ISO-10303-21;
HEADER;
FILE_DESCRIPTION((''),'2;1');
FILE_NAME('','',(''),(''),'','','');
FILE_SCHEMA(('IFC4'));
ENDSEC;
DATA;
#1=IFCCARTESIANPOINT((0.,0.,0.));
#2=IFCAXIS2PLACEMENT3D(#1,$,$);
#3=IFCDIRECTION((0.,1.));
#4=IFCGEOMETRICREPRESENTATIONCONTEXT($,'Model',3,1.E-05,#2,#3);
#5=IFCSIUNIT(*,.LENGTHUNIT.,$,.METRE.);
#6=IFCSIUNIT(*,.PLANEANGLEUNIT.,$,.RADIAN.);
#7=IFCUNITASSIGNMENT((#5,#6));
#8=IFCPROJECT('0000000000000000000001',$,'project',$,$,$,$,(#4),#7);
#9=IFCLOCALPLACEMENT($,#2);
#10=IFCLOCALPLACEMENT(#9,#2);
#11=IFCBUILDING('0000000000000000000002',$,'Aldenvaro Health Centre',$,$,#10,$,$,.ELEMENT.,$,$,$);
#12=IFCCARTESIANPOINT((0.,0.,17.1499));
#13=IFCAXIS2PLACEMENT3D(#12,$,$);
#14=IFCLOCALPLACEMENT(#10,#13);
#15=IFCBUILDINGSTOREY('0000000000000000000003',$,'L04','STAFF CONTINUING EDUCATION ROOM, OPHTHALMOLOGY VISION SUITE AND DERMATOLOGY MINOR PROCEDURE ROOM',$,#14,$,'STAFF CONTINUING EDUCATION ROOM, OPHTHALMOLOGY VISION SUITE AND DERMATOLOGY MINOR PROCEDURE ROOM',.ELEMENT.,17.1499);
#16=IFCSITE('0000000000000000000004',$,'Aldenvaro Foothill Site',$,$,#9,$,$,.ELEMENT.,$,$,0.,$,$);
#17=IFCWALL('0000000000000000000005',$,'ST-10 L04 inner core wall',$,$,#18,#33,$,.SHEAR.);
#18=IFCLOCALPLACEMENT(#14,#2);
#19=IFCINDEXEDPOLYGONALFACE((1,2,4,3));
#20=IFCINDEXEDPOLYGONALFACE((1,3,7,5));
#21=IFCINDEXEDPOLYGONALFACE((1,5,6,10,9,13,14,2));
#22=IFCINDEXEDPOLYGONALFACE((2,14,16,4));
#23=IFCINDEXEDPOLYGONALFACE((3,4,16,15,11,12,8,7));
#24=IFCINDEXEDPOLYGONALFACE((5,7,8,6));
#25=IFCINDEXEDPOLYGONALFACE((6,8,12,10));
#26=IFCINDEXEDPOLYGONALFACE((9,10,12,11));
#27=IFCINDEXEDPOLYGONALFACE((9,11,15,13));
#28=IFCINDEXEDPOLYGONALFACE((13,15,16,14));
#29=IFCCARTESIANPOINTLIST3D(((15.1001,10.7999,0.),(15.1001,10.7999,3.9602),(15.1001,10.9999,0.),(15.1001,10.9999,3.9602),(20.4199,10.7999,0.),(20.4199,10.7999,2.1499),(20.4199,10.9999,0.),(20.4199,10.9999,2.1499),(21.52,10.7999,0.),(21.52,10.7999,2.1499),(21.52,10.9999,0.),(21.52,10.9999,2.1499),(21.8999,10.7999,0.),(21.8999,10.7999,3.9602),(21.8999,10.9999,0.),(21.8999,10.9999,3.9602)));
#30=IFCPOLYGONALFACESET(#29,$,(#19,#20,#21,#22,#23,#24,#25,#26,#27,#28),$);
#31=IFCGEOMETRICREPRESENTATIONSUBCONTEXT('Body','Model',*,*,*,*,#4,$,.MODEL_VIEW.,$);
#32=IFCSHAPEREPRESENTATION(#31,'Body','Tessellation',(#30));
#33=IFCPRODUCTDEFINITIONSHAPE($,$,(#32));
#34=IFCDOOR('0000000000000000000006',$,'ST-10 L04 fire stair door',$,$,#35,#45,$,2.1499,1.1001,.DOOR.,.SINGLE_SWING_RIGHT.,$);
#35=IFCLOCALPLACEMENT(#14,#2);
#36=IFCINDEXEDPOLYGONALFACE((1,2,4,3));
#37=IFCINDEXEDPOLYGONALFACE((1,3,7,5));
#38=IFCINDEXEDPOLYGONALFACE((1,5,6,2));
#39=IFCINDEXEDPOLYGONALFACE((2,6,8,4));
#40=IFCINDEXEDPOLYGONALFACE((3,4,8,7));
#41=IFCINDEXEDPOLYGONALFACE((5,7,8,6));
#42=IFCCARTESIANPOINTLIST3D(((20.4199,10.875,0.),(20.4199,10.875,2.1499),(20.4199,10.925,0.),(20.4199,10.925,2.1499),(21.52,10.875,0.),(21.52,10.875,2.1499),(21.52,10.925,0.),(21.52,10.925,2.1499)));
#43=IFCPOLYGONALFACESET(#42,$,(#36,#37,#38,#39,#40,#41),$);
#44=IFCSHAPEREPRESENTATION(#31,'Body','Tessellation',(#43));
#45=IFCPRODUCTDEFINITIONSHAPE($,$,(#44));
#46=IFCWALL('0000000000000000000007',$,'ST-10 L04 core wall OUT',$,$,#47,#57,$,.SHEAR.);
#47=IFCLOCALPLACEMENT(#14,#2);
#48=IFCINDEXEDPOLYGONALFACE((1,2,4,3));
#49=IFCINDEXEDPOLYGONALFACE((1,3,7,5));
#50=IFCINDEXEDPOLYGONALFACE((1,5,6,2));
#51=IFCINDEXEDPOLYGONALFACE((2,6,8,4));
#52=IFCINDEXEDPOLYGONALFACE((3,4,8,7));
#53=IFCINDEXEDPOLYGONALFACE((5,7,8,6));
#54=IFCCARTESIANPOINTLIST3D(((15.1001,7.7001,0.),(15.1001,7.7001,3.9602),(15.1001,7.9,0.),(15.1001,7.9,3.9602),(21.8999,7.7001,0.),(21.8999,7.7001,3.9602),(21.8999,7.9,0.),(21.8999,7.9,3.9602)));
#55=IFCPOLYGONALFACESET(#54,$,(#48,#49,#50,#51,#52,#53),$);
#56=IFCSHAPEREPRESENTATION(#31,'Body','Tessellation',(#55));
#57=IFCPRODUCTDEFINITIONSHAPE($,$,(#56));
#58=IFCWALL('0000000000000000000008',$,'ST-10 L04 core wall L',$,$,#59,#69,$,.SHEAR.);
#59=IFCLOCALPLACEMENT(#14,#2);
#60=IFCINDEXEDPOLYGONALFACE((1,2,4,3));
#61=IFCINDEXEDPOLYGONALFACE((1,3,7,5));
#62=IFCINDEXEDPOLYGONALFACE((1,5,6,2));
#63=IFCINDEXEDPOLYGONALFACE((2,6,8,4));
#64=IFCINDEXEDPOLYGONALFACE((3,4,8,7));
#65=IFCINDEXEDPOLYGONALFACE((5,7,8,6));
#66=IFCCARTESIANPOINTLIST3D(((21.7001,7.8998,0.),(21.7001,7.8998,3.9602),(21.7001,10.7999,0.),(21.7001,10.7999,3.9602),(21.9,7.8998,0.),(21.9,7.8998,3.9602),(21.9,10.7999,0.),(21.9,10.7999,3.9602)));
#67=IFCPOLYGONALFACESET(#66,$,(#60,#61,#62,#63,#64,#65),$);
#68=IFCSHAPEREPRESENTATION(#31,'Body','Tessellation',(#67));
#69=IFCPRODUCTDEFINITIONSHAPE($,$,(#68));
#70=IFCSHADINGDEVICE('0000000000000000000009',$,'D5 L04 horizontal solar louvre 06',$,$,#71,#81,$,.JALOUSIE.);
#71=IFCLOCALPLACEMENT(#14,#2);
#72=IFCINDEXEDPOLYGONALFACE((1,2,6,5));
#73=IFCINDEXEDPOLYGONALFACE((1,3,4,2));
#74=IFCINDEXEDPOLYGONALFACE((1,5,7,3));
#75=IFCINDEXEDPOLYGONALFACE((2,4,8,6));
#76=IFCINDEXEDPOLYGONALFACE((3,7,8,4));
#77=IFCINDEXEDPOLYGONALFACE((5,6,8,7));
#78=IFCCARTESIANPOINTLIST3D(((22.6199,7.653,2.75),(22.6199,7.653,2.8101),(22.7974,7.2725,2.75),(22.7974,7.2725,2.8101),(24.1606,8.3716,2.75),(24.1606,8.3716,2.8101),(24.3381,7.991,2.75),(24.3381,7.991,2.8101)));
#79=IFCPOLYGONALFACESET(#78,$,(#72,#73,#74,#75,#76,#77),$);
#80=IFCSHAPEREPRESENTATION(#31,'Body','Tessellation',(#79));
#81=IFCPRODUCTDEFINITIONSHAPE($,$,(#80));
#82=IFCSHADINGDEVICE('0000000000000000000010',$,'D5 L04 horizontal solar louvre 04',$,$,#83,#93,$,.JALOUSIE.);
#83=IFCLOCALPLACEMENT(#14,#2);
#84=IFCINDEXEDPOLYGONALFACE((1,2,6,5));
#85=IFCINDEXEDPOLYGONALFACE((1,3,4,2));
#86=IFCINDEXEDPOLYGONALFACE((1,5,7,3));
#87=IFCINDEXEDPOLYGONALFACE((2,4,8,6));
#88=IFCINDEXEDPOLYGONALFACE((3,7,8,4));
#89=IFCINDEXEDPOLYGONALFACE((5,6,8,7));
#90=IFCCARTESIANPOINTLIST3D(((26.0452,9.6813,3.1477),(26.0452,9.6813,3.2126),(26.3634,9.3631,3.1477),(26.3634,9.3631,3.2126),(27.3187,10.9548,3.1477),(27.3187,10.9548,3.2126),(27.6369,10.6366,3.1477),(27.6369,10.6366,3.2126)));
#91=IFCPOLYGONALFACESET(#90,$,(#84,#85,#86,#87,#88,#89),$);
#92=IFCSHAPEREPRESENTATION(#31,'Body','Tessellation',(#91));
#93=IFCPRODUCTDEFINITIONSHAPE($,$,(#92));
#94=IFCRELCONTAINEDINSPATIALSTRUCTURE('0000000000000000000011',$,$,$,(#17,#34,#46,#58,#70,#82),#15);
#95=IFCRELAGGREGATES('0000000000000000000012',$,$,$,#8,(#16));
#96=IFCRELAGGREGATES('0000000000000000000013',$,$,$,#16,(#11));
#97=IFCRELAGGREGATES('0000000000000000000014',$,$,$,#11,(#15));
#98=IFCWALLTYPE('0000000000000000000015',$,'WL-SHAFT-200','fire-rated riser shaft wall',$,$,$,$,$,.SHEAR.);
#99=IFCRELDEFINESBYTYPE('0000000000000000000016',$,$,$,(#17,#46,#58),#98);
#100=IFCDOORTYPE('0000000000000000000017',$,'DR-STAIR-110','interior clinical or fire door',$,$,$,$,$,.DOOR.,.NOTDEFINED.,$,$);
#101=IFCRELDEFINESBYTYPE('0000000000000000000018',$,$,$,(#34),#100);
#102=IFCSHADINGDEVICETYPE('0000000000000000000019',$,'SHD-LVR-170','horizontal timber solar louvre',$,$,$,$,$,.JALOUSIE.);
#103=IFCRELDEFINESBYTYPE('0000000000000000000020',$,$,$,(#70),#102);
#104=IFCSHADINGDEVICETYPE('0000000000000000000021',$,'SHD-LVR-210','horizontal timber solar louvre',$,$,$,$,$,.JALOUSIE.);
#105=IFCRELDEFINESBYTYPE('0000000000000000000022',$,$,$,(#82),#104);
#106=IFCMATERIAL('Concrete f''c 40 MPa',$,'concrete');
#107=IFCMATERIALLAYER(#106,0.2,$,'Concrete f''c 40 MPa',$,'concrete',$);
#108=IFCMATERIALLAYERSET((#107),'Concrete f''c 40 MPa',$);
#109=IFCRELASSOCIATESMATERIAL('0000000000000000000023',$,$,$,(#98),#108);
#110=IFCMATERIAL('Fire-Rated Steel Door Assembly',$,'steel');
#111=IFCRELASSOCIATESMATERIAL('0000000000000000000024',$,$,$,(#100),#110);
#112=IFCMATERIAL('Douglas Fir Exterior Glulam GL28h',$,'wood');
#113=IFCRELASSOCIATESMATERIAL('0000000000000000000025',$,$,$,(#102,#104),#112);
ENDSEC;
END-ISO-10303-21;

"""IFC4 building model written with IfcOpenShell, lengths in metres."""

from ifc_helpers import new_model, si_unit, direction, frame, frame_2d, origin, origin_2d, place, context, subcontext, project, spatial, rectangle, extrude, material, layer, layer_set, type_object, element, fill, save


model = new_model("IFC4")

# Units and contexts
model_context = context("Model", 3, precision=1e-05, world=origin(), true_north=direction((0.0, 1.0)))
body_context = subcontext(model_context, "Body", "Model", "MODEL_VIEW")
ifc_project = project(units=[si_unit("LENGTHUNIT", "METRE"), si_unit("PLANEANGLEUNIT", "RADIAN")], contexts=[model_context])

# Site, building, storey
site_placement = place(None, origin())
site = spatial("IfcSite", under=ifc_project, at=site_placement, Name="Aldenvaro Foothill Site", CompositionType="ELEMENT", RefElevation=0.0)
building_placement = place(site_placement, origin())
building = spatial("IfcBuilding", under=site, at=building_placement, Name="Aldenvaro Health Centre", CompositionType="ELEMENT")
storey_placement = place(building_placement, frame((0.0, 0.0, 17.1499)))
storey = spatial("IfcBuildingStorey", under=building, at=storey_placement, Name="L04", Description="STAFF CONTINUING EDUCATION ROOM, OPHTHALMOLOGY VISION SUITE AND DERMATOLOGY MINOR PROCEDURE ROOM", LongName="STAFF CONTINUING EDUCATION ROOM, OPHTHALMOLOGY VISION SUITE AND DERMATOLOGY MINOR PROCEDURE ROOM", CompositionType="ELEMENT", Elevation=17.1499)

# Wall, opening, door
ifc_material_1 = material(Name="Concrete f'c 40 MPa", Category="concrete")
ifc_layer_1 = layer(ifc_material_1, 0.2, Name="Concrete f'c 40 MPa", Category="concrete")
ifc_layer_set_1 = layer_set([ifc_layer_1], Name="Concrete f'c 40 MPa")
wall_type_1 = type_object("IfcWallType", Name="WL-SHAFT-200", Description="fire-rated riser shaft wall", PredefinedType="SHEAR", material=ifc_layer_set_1)
wall_1_placement = place(storey_placement, frame((21.8999, 10.8999, 0.0), z_axis=(0.0, 0.0, 1.0), x_axis=(-1.0, 0.0, 0.0)))
wall_1 = element("IfcWall", 1, at=wall_1_placement, inside=storey, type_object=wall_type_1, Name="ST-10 L04 inner core wall", PredefinedType="SHEAR", context=body_context, shape_type="SweptSolid", body=[
    extrude(rectangle(XDim=6.7998, YDim=0.2, at=frame_2d((3.3999, 0.0))), origin(), (0.0, 0.0, 1.0), 3.9602),
])
opening_1_placement = place(wall_1_placement, frame((0.3799, 0.0, 0.0)))
opening_1 = element("IfcOpeningElement", 2, at=opening_1_placement, cuts=wall_1, PredefinedType="OPENING", context=body_context, shape_type="SweptSolid", body=[
    extrude(rectangle(XDim=1.1001, YDim=2.1499, at=frame_2d((0.55, 1.075))), frame((0.0, 0.1099, 0.0), z_axis=(0.0, -1.0, 0.0), x_axis=(1.0, 0.0, 0.0)), (0.0, 0.0, 1.0), 0.22),
])
ifc_material_2 = material(Name="Fire-Rated Steel Door Assembly", Category="steel")
door_type = type_object("IfcDoorType", Name="DR-STAIR-110", Description="interior clinical or fire door", OperationType="NOTDEFINED", PredefinedType="DOOR", material=ifc_material_2)
door_placement = place(opening_1_placement, origin())
door = element("IfcDoor", 3, at=door_placement, inside=storey, type_object=door_type, Name="ST-10 L04 fire stair door", OperationType="SINGLE_SWING_RIGHT", OverallHeight=2.1499, OverallWidth=1.1001, PredefinedType="DOOR", context=body_context, shape_type="SweptSolid", body=[
    extrude(rectangle(XDim=1.1001, YDim=2.1499, at=frame_2d((0.55, 1.075))), frame((0.0, 0.0249, 0.0), z_axis=(0.0, -1.0, 0.0), x_axis=(1.0, 0.0, 0.0)), (0.0, 0.0, 1.0), 0.05),
])
fill(opening_1, door)

# Walls
wall_2_placement = place(storey_placement, frame((21.8999, 7.8, 0.0), z_axis=(0.0, 0.0, 1.0), x_axis=(-1.0, 0.0, 0.0)))
element("IfcWall", 4, at=wall_2_placement, inside=storey, type_object=wall_type_1, Name="ST-10 L04 core wall OUT", PredefinedType="SHEAR", context=body_context, shape_type="SweptSolid", body=[
    extrude(rectangle(XDim=6.7998, YDim=0.2, at=frame_2d((3.3999, 0.0))), origin(), (0.0, 0.0, 1.0), 3.9602),
])
wall_3_placement = place(storey_placement, frame((21.8, 10.8, 0.0), z_axis=(0.0, 0.0, 1.0), x_axis=(0.0, -1.0, 0.0)))
element("IfcWall", 5, at=wall_3_placement, inside=storey, type_object=wall_type_1, Name="ST-10 L04 core wall L", PredefinedType="SHEAR", context=body_context, shape_type="SweptSolid", body=[
    extrude(rectangle(XDim=2.9001, YDim=0.2, at=frame_2d((1.4502, 0.0))), origin(), (0.0, 0.0, 1.0), 3.9602),
])

# Shading devices
ifc_material_3 = material(Name="Douglas Fir Exterior Glulam GL28h", Category="wood")
shading_device_type_1 = type_object("IfcShadingDeviceType", Name="SHD-LVR-170", Description="horizontal timber solar louvre", PredefinedType="JALOUSIE", material=ifc_material_3)
shading_device_1_placement = place(storey_placement, frame((23.479, 7.822, 2.75), z_axis=(0.0, 0.0, 1.0), x_axis=(-0.906285, -0.422667, 0.0)))
element("IfcShadingDevice", 6, at=shading_device_1_placement, inside=storey, type_object=shading_device_type_1, Name="D5 L04 horizontal solar louvre 06", PredefinedType="JALOUSIE", context=body_context, shape_type="SweptSolid", body=[
    extrude(rectangle(XDim=1.7, YDim=0.4199, at=origin_2d()), origin(), (0.0, 0.0, 1.0), 0.0601),
])
shading_device_type_2 = type_object("IfcShadingDeviceType", Name="SHD-LVR-210", Description="horizontal timber solar louvre", PredefinedType="JALOUSIE", material=ifc_material_3)
shading_device_2_placement = place(storey_placement, frame((26.8411, 10.1589, 3.1477), z_axis=(0.0, 0.0, 1.0), x_axis=(-0.707107, -0.707107, 0.0)))
element("IfcShadingDevice", 7, at=shading_device_2_placement, inside=storey, type_object=shading_device_type_2, Name="D5 L04 horizontal solar louvre 04", PredefinedType="JALOUSIE", context=body_context, shape_type="SweptSolid", body=[
    extrude(rectangle(XDim=1.801, YDim=0.45, at=origin_2d()), origin(), (0.0, 0.0, 1.0), 0.0649),
])

save(model, "model.ifc")
